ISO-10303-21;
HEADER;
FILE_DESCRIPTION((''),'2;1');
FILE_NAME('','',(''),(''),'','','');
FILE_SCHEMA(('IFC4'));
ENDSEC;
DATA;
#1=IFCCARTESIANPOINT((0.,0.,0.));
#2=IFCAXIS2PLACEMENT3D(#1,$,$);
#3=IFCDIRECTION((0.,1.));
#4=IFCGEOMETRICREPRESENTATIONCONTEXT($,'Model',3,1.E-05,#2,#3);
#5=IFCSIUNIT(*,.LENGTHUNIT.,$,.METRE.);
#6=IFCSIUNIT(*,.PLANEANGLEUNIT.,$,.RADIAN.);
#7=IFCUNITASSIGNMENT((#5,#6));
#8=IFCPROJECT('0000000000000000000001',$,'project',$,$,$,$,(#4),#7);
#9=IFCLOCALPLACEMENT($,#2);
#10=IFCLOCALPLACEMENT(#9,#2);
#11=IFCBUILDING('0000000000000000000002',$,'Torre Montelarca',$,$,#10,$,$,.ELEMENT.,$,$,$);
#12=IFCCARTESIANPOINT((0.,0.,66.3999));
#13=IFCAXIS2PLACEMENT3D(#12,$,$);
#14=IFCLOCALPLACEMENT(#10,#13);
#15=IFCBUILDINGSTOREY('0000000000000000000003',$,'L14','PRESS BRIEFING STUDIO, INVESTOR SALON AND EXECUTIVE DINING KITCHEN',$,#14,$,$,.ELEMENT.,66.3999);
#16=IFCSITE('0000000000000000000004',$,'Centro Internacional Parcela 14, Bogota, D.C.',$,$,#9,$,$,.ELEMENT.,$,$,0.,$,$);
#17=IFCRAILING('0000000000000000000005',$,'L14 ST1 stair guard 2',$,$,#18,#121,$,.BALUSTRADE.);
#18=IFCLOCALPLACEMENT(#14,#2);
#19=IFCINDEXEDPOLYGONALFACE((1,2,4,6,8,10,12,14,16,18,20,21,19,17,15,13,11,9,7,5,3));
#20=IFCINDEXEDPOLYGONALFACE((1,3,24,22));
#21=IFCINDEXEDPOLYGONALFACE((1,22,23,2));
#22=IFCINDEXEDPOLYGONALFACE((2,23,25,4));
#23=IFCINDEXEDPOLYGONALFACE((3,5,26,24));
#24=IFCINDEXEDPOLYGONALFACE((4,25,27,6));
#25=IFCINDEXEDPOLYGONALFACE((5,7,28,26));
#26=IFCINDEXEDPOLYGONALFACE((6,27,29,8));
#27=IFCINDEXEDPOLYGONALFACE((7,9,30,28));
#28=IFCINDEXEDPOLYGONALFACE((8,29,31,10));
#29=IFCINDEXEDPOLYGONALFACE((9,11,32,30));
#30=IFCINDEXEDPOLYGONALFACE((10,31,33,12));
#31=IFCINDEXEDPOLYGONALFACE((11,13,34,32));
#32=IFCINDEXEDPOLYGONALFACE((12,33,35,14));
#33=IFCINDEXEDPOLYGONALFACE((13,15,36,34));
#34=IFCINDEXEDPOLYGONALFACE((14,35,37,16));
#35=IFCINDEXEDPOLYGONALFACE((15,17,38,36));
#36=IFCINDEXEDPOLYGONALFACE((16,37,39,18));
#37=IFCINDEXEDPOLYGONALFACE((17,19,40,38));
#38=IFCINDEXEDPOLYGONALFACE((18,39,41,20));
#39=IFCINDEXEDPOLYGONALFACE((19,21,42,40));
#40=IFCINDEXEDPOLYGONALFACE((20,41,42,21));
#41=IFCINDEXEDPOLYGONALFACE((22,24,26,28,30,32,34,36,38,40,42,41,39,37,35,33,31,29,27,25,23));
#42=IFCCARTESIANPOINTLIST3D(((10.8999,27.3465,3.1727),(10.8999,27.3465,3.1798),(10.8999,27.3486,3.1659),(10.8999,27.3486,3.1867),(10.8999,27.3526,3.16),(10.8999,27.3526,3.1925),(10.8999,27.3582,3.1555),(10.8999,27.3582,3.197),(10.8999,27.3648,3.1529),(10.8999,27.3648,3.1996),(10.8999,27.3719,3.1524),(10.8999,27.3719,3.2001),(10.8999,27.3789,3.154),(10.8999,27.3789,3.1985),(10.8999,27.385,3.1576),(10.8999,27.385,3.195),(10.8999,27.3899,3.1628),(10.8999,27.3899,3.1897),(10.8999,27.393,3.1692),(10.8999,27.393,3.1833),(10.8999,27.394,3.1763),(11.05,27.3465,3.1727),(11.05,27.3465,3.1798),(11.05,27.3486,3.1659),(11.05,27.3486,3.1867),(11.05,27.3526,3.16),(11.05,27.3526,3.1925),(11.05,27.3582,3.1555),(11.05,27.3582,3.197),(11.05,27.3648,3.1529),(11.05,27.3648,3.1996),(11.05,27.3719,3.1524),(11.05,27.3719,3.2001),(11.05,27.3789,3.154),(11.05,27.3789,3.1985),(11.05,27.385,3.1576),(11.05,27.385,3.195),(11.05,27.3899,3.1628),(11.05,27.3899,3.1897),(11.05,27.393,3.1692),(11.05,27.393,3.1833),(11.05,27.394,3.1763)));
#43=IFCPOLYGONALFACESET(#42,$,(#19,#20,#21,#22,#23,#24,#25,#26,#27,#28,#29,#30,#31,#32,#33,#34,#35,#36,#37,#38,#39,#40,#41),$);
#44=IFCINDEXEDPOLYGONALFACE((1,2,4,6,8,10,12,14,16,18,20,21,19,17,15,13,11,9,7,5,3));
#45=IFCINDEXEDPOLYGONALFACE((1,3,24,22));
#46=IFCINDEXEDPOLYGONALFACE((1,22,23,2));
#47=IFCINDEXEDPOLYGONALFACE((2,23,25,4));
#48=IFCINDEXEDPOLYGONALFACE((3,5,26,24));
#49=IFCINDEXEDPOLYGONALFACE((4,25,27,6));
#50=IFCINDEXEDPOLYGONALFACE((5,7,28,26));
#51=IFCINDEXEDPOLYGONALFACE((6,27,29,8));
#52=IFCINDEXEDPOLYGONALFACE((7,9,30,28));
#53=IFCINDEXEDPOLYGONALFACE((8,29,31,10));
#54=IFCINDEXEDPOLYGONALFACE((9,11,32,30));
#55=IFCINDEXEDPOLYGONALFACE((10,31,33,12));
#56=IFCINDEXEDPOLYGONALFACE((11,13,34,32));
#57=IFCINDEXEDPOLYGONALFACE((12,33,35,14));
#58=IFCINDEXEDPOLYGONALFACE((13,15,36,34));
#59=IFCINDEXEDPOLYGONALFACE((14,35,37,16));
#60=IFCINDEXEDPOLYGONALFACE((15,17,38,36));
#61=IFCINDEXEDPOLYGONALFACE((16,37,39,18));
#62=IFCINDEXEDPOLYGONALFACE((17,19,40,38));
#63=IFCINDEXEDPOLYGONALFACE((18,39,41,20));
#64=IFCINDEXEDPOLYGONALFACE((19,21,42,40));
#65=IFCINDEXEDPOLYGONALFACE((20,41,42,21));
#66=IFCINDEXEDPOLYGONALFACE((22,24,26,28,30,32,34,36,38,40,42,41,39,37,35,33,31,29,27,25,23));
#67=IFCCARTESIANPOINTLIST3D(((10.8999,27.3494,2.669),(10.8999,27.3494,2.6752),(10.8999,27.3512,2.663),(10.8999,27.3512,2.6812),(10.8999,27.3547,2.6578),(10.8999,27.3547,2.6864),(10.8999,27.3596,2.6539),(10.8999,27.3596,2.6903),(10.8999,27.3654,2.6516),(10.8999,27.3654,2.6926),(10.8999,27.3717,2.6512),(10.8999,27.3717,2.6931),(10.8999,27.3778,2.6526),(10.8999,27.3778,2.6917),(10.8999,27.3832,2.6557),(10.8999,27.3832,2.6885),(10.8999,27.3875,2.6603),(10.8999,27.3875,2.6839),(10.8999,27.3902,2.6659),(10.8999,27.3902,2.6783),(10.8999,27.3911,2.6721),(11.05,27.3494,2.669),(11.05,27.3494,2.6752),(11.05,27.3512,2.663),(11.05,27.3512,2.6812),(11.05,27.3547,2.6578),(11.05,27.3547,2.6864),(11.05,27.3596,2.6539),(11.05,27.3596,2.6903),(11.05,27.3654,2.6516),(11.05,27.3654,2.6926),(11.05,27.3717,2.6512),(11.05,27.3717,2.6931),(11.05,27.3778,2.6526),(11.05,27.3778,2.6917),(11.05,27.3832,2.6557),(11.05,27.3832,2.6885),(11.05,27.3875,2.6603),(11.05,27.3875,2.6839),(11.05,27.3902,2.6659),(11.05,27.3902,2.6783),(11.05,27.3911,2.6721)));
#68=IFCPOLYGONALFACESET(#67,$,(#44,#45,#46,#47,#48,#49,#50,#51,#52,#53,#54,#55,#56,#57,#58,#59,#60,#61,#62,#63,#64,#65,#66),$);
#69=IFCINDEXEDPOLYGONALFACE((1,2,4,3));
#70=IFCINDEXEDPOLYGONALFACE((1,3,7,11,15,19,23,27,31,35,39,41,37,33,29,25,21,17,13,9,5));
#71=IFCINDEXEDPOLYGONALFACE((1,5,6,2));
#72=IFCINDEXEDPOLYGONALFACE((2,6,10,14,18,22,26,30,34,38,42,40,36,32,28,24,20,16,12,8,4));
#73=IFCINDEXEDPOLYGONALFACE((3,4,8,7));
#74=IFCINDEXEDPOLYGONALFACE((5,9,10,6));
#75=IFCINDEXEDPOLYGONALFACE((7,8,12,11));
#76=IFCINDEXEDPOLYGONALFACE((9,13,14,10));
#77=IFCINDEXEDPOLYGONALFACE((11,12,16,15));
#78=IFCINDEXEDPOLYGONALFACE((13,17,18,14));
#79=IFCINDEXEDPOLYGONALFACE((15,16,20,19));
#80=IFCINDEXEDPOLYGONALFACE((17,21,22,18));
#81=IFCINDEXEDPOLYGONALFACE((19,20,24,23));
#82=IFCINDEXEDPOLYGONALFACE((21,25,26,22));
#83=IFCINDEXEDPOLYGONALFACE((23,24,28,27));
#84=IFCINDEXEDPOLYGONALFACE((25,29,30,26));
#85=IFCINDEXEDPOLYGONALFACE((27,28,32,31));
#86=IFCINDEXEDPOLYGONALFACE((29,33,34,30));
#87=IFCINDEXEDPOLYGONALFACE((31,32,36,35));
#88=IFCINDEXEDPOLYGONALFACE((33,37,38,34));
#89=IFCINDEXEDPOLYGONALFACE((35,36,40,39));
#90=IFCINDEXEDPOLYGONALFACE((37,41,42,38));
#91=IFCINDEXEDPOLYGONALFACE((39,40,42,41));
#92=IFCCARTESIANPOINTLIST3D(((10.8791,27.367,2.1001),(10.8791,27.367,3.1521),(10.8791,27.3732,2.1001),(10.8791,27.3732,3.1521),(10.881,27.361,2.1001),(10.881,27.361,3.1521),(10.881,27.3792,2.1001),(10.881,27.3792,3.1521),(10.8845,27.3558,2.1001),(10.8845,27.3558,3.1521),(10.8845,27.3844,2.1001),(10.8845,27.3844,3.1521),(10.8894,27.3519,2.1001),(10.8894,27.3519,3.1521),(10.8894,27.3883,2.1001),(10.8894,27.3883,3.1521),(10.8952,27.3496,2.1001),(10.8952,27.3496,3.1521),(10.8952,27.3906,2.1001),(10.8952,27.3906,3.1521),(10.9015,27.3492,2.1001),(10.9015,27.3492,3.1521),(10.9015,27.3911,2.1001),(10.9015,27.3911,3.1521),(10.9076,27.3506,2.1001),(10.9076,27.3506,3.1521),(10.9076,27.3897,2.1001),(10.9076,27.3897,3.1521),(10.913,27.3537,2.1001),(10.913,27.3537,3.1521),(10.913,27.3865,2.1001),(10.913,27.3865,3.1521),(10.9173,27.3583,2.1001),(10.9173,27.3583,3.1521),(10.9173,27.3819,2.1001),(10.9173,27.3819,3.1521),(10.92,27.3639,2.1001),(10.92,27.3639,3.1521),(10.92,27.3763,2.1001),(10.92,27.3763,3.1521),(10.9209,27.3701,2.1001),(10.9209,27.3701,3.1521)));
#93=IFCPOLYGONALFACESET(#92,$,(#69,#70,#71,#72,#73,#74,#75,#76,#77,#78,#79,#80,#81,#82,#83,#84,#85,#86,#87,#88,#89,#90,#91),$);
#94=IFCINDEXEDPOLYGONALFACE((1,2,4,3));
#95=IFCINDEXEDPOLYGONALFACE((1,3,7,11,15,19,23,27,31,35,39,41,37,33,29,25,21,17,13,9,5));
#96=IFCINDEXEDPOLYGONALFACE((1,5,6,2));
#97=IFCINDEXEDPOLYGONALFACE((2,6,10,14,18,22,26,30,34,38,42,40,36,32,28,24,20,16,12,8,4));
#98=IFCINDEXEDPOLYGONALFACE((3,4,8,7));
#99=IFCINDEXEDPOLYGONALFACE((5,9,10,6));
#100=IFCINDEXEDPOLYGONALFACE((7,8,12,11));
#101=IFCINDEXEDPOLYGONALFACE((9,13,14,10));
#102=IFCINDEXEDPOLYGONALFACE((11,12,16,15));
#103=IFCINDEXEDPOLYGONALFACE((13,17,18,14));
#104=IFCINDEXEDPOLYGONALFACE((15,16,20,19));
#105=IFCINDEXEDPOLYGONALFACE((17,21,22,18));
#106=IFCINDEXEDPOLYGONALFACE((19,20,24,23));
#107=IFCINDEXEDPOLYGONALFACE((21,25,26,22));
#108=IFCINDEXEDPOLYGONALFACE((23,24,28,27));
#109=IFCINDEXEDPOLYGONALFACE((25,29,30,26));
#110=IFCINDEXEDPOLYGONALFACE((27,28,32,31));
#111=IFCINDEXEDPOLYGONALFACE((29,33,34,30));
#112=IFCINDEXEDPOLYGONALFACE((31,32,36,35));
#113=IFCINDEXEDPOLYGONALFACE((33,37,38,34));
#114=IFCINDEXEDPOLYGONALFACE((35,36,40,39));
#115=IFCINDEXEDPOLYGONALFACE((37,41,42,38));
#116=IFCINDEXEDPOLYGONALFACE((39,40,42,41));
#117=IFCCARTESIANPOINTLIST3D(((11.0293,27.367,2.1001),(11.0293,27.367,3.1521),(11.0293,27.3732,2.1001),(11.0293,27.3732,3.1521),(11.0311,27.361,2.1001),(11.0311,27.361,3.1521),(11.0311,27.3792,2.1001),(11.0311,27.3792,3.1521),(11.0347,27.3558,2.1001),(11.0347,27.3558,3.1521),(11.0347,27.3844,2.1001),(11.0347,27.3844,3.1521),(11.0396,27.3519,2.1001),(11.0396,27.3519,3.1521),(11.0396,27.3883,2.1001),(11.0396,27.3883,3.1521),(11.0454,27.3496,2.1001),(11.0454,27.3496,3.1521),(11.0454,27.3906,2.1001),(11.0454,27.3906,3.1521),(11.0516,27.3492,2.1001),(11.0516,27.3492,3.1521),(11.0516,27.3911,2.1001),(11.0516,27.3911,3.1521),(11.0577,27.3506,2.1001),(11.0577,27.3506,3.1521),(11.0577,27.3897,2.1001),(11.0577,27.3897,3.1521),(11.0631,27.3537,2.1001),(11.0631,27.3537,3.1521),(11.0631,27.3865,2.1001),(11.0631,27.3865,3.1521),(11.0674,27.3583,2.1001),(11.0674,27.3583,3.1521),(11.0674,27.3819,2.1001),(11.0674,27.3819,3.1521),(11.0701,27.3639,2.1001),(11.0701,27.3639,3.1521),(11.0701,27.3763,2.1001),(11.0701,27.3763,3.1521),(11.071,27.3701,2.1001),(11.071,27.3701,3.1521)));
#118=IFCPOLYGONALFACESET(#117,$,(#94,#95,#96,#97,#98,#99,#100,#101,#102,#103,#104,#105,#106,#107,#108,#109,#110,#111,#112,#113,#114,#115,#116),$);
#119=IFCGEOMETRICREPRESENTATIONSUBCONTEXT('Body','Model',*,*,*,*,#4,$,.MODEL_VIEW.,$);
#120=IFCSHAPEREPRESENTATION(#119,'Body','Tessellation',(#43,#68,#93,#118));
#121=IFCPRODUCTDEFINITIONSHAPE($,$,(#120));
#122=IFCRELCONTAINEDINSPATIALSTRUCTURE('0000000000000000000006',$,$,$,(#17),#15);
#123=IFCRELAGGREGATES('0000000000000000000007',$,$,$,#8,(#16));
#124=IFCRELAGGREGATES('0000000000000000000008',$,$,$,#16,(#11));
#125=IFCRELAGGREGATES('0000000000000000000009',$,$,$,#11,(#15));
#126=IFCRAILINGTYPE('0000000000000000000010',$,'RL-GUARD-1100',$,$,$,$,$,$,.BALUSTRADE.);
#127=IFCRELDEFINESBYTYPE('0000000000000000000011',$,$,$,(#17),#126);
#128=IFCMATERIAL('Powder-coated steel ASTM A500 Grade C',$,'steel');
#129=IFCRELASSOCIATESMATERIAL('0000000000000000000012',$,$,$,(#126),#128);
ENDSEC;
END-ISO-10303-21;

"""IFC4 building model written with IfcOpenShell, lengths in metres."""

from ifc_helpers import new_model, si_unit, direction, frame, origin, origin_2d, place, context, subcontext, project, spatial, circle, extrude, material, type_object, element, save


model = new_model("IFC4")

# Units and contexts
model_context = context("Model", 3, precision=1e-05, world=origin(), true_north=direction((0.0, 1.0)))
body_context = subcontext(model_context, "Body", "Model", "MODEL_VIEW")
ifc_project = project(units=[si_unit("LENGTHUNIT", "METRE"), si_unit("PLANEANGLEUNIT", "RADIAN")], contexts=[model_context])

# Site, building, storey
site_placement = place(None, origin())
site = spatial("IfcSite", under=ifc_project, at=site_placement, Name="Centro Internacional Parcela 14, Bogota, D.C.", CompositionType="ELEMENT", RefElevation=0.0)
building_placement = place(site_placement, origin())
building = spatial("IfcBuilding", under=site, at=building_placement, Name="Torre Montelarca", CompositionType="ELEMENT")
storey_placement = place(building_placement, frame((0.0, 0.0, 66.3999)))
storey = spatial("IfcBuildingStorey", under=building, at=storey_placement, Name="L14", Description="PRESS BRIEFING STUDIO, INVESTOR SALON AND EXECUTIVE DINING KITCHEN", CompositionType="ELEMENT", Elevation=66.3999)

# Railing
ifc_material_1 = material(Name="Powder-coated steel ASTM A500 Grade C", Category="steel")
railing_type_1 = type_object("IfcRailingType", Name="RL-GUARD-1100", PredefinedType="BALUSTRADE", material=ifc_material_1)
railing_1_placement = place(storey_placement, frame((10.8999, 27.3701, 2.1001)))
element("IfcRailing", 1, at=railing_1_placement, inside=storey, type_object=railing_type_1, Name="L14 ST1 stair guard 2", PredefinedType="BALUSTRADE", context=body_context, shape_type="SweptSolid", body=[
    extrude(circle(Radius=0.0239, at=origin_2d()), frame((0.0, 0.0, 1.0762), z_axis=(1.0, 0.0, 0.0), x_axis=(0.0, 1.0, 0.0)), (0.0, 0.0, 1.0), 0.1501),
    extrude(circle(Radius=0.021, at=origin_2d()), frame((0.0, 0.0, 0.572), z_axis=(1.0, 0.0, 0.0), x_axis=(0.0, 1.0, 0.0)), (0.0, 0.0, 1.0), 0.1501),
    extrude(circle(Radius=0.021, at=origin_2d()), origin(), (0.0, 0.0, 1.0), 1.052),
    extrude(circle(Radius=0.021, at=origin_2d()), frame((0.1501, 0.0, 0.0)), (0.0, 0.0, 1.0), 1.052),
])

save(model, "model.ifc")
